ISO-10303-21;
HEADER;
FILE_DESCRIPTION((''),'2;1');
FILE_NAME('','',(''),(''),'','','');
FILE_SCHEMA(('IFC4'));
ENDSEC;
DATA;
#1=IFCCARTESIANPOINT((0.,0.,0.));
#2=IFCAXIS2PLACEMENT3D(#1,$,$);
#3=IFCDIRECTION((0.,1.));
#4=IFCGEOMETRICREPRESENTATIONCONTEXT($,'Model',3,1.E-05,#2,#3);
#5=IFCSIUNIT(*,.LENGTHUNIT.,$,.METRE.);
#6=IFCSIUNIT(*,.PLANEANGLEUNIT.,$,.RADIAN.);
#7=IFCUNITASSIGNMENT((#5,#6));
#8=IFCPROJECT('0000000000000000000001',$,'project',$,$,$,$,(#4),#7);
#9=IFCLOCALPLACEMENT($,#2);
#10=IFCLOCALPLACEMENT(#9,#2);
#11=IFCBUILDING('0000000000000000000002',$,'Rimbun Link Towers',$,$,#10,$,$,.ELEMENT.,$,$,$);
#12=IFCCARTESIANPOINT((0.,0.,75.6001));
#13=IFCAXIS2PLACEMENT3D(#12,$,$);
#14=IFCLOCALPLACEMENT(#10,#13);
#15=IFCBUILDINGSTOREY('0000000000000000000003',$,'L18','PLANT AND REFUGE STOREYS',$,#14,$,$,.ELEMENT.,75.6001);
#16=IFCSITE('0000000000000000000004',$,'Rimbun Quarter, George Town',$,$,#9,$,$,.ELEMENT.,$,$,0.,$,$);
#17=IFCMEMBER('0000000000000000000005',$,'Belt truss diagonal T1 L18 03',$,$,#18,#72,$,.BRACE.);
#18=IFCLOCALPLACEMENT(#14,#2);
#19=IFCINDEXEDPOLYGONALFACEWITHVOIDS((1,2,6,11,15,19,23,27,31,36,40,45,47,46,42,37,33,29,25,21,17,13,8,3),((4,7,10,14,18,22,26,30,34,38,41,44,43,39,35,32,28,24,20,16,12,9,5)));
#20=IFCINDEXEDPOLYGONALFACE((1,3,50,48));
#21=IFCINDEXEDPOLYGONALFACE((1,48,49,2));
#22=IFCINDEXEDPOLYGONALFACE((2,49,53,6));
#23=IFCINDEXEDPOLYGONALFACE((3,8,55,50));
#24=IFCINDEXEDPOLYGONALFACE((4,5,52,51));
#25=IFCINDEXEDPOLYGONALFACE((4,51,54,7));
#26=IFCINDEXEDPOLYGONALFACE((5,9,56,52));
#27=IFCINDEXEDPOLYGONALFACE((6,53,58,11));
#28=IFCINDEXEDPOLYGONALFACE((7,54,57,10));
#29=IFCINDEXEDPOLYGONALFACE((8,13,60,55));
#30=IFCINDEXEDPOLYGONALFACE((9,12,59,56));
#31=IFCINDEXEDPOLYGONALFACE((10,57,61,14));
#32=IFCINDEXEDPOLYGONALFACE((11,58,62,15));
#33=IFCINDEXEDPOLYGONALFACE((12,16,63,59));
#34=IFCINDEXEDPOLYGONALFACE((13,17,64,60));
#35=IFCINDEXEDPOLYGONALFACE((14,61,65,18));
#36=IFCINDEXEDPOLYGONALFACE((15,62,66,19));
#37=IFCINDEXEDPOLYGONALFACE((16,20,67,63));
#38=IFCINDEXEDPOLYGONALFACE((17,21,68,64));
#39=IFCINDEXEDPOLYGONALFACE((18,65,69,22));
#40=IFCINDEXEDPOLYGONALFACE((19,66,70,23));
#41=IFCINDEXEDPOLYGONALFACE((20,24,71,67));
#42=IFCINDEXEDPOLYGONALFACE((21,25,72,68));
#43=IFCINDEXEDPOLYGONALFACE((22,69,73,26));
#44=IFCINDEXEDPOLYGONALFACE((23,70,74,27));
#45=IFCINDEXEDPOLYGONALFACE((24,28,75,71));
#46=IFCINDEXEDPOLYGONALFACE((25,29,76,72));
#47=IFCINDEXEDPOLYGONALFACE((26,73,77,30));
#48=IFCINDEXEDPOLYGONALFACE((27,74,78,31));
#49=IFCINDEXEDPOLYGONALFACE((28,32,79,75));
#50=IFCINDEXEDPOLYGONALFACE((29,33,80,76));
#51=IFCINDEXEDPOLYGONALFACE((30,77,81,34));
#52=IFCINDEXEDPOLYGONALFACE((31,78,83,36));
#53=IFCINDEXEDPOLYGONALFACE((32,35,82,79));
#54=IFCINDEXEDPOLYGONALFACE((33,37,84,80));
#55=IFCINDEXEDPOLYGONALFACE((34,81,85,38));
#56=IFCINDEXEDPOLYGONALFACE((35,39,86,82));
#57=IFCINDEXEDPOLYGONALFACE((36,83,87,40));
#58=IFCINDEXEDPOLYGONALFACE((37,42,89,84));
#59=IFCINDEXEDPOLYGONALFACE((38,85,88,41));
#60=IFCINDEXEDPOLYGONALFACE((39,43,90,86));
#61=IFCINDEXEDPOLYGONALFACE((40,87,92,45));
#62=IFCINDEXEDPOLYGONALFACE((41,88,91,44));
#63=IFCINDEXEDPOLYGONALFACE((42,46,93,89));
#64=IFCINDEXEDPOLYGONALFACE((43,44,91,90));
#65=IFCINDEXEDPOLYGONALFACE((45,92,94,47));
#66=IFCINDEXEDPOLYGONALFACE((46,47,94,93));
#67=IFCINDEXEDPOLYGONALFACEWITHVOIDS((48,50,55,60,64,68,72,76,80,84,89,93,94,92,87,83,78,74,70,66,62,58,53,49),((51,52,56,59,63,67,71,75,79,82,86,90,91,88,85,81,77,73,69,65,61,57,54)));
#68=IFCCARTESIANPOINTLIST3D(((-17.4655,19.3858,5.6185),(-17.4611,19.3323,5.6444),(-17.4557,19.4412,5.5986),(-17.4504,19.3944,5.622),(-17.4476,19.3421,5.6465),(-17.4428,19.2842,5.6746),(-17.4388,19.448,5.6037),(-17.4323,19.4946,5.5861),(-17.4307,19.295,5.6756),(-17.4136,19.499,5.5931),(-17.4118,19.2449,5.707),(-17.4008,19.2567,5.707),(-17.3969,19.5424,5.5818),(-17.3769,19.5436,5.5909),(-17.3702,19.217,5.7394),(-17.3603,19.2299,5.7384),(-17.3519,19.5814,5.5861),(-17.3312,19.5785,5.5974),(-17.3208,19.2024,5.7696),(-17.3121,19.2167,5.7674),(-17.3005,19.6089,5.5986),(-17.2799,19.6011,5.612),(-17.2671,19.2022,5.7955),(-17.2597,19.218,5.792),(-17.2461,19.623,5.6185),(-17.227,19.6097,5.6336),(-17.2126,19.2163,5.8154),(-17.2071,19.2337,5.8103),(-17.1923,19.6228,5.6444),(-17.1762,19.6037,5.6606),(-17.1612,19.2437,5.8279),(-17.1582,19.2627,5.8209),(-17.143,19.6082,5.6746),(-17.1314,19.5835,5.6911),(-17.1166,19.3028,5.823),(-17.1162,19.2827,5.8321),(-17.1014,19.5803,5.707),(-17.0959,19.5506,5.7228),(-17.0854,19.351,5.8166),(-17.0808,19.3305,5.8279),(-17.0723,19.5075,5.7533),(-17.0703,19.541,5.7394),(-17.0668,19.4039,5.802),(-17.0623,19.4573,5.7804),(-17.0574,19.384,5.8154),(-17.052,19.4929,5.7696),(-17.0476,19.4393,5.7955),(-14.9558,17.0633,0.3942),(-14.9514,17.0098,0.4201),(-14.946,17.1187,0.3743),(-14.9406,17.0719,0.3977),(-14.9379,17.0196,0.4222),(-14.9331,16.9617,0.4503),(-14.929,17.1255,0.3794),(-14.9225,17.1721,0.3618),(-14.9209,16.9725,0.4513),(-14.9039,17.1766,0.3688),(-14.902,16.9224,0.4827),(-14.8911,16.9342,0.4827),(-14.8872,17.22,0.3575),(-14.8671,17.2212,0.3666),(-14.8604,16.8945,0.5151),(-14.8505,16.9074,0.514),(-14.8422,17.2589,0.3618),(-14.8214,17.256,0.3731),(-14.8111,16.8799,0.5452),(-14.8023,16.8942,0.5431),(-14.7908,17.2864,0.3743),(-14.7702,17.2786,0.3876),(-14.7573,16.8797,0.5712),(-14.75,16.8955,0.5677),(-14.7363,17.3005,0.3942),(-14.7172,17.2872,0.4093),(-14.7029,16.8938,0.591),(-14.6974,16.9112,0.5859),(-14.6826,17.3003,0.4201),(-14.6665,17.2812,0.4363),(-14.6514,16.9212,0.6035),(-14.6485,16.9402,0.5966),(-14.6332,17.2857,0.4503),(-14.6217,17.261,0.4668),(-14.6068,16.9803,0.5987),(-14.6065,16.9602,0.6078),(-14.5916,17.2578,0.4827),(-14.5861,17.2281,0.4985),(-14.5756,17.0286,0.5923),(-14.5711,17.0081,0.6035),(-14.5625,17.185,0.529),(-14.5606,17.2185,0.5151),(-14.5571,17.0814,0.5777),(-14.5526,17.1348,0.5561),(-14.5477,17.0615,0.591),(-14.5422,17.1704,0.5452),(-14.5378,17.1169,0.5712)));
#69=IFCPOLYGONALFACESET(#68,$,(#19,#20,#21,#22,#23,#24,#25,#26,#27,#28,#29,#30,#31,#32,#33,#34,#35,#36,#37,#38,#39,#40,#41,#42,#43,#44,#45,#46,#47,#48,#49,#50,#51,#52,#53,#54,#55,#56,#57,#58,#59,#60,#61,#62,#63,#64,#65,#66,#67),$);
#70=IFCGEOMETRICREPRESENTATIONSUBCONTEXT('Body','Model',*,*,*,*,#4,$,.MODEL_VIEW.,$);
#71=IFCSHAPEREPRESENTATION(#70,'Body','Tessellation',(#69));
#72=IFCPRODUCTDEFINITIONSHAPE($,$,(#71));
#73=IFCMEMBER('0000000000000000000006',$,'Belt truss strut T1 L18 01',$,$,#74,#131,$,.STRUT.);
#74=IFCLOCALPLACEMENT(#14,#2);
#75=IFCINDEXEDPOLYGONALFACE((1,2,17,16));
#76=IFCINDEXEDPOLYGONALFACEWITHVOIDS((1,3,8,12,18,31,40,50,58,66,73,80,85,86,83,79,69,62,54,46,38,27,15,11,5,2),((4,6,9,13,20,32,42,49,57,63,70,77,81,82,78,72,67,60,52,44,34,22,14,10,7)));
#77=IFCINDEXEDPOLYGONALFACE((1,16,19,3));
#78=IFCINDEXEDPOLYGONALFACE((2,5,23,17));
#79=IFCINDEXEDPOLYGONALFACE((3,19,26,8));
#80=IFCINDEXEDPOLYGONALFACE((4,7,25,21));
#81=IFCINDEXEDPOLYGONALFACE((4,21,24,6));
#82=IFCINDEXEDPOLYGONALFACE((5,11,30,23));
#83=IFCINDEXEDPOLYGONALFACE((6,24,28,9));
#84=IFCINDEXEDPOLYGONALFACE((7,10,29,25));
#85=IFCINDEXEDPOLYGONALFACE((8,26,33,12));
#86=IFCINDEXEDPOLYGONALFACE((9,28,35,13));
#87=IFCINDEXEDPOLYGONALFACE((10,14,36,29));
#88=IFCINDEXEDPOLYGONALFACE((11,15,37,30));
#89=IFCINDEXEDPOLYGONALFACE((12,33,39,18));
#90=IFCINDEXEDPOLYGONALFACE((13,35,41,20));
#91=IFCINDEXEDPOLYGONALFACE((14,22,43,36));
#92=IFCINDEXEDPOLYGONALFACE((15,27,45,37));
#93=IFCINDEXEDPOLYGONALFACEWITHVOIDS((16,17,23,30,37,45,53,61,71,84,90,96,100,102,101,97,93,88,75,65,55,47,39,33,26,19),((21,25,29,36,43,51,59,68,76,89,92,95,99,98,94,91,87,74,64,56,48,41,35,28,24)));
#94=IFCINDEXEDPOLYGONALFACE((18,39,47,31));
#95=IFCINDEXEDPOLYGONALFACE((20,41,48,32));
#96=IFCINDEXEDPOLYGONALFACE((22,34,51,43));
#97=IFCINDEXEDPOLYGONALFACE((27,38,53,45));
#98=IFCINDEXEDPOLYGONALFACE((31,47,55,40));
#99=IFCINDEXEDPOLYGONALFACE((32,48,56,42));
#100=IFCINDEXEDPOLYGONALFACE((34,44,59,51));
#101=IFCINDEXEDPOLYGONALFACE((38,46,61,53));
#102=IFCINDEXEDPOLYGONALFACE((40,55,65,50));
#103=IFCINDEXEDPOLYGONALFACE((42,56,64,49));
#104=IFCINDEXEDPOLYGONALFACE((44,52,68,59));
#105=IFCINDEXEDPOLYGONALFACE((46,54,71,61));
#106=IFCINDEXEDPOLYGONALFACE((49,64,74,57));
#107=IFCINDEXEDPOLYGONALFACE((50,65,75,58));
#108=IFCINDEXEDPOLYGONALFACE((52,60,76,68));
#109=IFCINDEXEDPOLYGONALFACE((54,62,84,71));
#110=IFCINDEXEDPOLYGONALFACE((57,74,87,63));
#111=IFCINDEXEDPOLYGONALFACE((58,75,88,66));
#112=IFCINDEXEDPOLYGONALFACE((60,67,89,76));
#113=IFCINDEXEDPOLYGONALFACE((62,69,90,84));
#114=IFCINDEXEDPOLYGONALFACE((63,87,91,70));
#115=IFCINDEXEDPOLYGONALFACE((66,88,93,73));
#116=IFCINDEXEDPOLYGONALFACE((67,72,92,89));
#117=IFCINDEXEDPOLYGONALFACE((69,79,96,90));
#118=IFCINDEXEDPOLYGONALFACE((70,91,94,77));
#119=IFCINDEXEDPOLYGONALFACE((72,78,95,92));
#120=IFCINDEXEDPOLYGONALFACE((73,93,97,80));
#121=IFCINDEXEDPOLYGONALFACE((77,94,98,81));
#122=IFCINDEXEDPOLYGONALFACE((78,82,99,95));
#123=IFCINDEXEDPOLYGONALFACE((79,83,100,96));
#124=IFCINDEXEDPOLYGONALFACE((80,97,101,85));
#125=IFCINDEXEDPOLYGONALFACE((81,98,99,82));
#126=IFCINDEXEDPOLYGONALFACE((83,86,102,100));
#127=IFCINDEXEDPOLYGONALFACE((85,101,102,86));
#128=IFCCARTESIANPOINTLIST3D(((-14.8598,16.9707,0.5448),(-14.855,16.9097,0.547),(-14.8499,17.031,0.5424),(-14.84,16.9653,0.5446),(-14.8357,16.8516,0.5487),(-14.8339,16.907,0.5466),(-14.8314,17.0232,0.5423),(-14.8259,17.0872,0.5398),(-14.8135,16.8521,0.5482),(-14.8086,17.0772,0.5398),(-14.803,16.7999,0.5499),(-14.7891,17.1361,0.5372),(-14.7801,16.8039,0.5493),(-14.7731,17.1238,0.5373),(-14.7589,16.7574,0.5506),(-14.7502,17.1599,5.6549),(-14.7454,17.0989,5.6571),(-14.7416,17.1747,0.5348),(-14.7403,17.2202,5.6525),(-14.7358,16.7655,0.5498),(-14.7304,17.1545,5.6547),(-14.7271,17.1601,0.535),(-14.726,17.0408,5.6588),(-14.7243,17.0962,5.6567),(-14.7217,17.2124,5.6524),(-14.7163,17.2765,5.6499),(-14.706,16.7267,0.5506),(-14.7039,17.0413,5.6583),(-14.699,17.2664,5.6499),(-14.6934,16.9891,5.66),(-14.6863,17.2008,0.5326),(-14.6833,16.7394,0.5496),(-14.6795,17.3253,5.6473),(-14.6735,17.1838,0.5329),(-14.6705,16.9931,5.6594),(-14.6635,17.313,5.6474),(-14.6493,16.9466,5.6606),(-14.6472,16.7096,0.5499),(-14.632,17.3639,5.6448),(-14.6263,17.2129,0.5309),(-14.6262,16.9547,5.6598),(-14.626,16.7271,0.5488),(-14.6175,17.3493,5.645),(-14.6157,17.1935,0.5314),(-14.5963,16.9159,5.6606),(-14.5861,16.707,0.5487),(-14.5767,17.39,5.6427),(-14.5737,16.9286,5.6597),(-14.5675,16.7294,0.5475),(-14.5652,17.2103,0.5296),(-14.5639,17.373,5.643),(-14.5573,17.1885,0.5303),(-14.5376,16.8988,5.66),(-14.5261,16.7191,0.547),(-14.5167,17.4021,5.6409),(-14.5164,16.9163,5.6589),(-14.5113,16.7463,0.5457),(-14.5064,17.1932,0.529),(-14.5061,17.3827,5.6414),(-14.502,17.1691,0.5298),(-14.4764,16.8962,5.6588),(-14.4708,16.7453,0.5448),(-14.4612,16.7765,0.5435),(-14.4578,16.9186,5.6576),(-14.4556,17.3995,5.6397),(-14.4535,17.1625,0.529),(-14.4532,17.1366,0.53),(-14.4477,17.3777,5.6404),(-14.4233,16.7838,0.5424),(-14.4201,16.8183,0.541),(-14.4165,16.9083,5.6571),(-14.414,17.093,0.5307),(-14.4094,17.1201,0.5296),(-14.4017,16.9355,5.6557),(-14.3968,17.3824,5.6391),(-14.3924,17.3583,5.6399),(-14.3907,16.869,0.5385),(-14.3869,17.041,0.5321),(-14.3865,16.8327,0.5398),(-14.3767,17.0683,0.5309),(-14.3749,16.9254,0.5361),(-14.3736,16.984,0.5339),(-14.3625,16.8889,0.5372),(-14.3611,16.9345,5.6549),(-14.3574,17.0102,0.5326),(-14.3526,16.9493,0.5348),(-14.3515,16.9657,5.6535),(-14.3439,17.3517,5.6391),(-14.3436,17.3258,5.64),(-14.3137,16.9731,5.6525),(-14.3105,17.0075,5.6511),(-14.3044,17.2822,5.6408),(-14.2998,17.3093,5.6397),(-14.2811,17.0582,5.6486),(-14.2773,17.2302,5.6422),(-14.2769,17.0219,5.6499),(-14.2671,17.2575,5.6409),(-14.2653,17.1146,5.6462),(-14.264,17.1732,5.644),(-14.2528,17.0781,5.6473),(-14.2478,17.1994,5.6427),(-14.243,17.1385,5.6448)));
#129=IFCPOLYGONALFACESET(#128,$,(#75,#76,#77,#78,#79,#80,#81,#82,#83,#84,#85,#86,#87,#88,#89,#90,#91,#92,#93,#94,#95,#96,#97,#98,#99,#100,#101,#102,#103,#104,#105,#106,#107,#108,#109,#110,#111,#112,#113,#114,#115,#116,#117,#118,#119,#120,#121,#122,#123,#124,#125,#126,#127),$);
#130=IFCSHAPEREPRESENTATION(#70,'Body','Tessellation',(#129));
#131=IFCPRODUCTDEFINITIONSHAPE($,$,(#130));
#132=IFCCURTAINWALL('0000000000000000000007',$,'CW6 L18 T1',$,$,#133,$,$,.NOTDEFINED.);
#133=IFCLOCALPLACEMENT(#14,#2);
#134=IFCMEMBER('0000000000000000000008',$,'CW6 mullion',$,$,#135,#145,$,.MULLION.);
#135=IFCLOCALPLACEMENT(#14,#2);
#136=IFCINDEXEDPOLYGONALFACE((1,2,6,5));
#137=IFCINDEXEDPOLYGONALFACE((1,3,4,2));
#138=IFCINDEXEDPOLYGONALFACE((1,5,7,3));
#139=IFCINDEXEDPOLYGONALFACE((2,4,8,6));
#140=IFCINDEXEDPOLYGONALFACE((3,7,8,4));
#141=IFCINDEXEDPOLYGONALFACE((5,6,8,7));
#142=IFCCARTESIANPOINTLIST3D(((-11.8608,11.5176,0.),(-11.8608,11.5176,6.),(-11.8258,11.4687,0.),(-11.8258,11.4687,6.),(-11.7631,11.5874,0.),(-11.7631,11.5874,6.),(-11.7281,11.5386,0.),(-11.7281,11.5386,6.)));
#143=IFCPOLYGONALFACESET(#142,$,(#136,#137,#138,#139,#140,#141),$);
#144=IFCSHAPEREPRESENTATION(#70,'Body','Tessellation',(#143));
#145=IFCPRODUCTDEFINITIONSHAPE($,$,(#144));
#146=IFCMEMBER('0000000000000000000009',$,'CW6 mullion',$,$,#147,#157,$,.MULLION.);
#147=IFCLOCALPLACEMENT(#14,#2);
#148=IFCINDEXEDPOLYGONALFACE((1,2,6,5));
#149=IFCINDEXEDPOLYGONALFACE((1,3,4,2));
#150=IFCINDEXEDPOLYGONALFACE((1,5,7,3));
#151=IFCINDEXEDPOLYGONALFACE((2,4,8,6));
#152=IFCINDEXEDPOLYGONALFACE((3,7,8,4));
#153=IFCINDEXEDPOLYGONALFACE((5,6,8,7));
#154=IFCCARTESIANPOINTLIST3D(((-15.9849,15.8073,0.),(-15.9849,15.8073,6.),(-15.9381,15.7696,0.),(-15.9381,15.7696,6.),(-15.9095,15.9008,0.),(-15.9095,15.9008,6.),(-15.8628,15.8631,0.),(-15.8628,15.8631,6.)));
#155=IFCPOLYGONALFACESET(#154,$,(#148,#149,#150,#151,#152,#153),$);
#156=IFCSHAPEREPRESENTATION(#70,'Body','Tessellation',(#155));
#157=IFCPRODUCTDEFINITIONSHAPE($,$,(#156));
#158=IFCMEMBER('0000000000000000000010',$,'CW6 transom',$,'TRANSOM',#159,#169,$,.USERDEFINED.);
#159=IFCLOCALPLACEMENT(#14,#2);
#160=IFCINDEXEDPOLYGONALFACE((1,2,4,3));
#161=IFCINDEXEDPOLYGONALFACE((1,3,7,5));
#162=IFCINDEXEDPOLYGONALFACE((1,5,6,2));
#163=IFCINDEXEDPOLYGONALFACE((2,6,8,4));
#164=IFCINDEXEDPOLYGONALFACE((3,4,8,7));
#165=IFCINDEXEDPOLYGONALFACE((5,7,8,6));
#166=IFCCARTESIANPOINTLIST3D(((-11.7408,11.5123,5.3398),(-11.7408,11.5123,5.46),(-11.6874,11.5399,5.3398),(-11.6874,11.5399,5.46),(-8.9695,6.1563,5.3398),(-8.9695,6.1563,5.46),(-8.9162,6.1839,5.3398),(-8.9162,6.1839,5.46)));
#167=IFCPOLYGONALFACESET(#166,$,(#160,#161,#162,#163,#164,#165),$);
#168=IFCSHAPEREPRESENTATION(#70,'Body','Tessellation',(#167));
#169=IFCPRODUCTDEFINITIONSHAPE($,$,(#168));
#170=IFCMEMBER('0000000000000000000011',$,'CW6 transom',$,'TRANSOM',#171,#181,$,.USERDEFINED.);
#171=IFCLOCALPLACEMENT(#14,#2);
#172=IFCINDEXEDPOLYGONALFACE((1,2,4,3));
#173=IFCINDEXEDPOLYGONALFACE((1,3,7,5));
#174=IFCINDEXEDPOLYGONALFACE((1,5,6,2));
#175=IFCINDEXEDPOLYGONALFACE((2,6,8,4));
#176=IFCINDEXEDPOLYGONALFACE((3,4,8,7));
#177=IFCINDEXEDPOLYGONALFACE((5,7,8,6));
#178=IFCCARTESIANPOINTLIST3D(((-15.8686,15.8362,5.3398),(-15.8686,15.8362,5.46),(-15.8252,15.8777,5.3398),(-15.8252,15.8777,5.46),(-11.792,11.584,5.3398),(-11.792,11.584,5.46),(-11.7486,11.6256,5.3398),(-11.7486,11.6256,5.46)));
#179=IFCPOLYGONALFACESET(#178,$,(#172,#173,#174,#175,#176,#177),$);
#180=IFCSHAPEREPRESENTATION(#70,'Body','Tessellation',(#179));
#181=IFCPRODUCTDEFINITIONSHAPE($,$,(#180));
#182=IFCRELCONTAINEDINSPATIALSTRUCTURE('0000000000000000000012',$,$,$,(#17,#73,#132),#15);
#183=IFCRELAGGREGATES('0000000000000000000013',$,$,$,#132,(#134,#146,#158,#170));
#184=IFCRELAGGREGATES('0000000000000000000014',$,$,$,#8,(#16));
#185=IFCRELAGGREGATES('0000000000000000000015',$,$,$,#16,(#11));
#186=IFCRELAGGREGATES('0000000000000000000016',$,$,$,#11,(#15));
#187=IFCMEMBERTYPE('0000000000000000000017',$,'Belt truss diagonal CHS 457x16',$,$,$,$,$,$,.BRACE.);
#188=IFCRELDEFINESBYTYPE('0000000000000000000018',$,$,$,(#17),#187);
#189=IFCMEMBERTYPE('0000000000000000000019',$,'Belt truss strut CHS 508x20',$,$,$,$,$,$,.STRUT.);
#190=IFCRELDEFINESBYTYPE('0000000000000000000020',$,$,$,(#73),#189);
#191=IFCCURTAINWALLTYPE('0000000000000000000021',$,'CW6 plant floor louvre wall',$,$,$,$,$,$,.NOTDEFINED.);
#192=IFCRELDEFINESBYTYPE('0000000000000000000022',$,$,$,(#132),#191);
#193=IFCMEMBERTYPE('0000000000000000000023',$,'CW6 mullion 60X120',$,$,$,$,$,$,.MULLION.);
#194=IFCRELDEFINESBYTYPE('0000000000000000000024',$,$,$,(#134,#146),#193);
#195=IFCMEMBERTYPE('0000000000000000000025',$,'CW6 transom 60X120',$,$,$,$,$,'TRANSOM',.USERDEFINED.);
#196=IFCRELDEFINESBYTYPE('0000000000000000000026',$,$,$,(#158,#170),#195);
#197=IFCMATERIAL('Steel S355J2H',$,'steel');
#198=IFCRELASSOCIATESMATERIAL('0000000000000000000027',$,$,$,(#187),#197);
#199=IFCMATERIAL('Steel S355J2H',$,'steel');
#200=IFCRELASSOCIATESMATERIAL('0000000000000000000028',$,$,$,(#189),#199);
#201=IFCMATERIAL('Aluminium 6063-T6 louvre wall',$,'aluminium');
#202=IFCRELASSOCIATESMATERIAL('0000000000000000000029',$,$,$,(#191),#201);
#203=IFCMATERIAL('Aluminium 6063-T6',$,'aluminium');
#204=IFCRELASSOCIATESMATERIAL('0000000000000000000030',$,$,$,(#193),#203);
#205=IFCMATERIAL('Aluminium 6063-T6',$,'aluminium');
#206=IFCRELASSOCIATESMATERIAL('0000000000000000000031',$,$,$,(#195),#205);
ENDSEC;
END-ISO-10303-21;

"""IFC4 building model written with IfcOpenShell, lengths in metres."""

from ifc_helpers import new_model, si_unit, direction, frame, origin, origin_2d, place, context, subcontext, project, spatial, rectangle, hollow_circle, extrude, material, material_profile, profile_set, type_object, element, aggregate, save


model = new_model("IFC4")

# Units and contexts
model_context = context("Model", 3, precision=1e-05, world=origin(), true_north=direction((0.0, 1.0)))
body_context = subcontext(model_context, "Body", "Model", "MODEL_VIEW")
ifc_project = project(units=[si_unit("LENGTHUNIT", "METRE"), si_unit("PLANEANGLEUNIT", "RADIAN")], contexts=[model_context])

# Site, building, storey
site_placement = place(None, origin())
site = spatial("IfcSite", under=ifc_project, at=site_placement, Name="Rimbun Quarter, George Town", CompositionType="ELEMENT", RefElevation=0.0)
building_placement = place(site_placement, origin())
building = spatial("IfcBuilding", under=site, at=building_placement, Name="Rimbun Link Towers", CompositionType="ELEMENT")
storey_placement = place(building_placement, frame((0.0, 0.0, 75.6001)))
storey = spatial("IfcBuildingStorey", under=building, at=storey_placement, Name="L18", Description="PLANT AND REFUGE STOREYS", CompositionType="ELEMENT", Elevation=75.6001)

# Members
ifc_material_1 = material(Name="Steel S355J2H", Category="steel")
ifc_material_profile_1 = material_profile(ifc_material_1, hollow_circle(Radius=0.2285, WallThickness=0.0161, at=origin_2d()), Name="Belt truss diagonal CHS 457x16")
ifc_profile_set_1 = profile_set([ifc_material_profile_1], Name="Steel S355J2H")
member_type_1 = type_object("IfcMemberType", Name="Belt truss diagonal CHS 457x16", PredefinedType="BRACE", material=ifc_profile_set_1)
member_1_placement = place(storey_placement, frame((-14.7468, 17.0901, 0.4827), z_axis=(-0.401951, 0.371961, 0.836708), x_axis=(-0.679196, -0.733957, 0.0)))
element("IfcMember", 1, at=member_1_placement, inside=storey, type_object=member_type_1, Name="Belt truss diagonal T1 L18 03", PredefinedType="BRACE", context=body_context, shape_type="SweptSolid", body=[
    extrude(hollow_circle(Radius=0.2285, WallThickness=0.0161, at=origin_2d()), origin(), (0.0, 0.0, 1.0), 6.2439),
])
ifc_material_2 = material(Name="Steel S355J2H", Category="steel")
ifc_material_profile_2 = material_profile(ifc_material_2, hollow_circle(Radius=0.2539, WallThickness=0.02, at=origin_2d()), Name="Belt truss strut CHS 508x20")
ifc_profile_set_2 = profile_set([ifc_material_profile_2], Name="Steel S355J2H")
member_type_2 = type_object("IfcMemberType", Name="Belt truss strut CHS 508x20", PredefinedType="STRUT", material=ifc_profile_set_2)
member_2_placement = place(storey_placement, frame((-14.6062, 16.96, 0.5398), z_axis=(0.021432, 0.036993, 0.999086), x_axis=(-0.865273, 0.5013, 0.0)))
element("IfcMember", 2, at=member_2_placement, inside=storey, type_object=member_type_2, Name="Belt truss strut T1 L18 01", PredefinedType="STRUT", context=body_context, shape_type="SweptSolid", body=[
    extrude(hollow_circle(Radius=0.2539, WallThickness=0.02, at=origin_2d()), origin(), (0.0, 0.0, 1.0), 5.1147),
])

# Curtain wall, members
ifc_material_3 = material(Name="Aluminium 6063-T6 louvre wall", Category="aluminium")
curtain_wall_type = type_object("IfcCurtainWallType", Name="CW6 plant floor louvre wall", PredefinedType="NOTDEFINED", material=ifc_material_3)
curtain_wall_placement = place(storey_placement, origin())
curtain_wall = element("IfcCurtainWall", 3, at=curtain_wall_placement, inside=storey, type_object=curtain_wall_type, Name="CW6 L18 T1", PredefinedType="NOTDEFINED")
ifc_material_4 = material(Name="Aluminium 6063-T6", Category="aluminium")
ifc_material_profile_3 = material_profile(ifc_material_4, rectangle(XDim=0.1201, YDim=0.0601, at=origin_2d()), Name="MULLION 60X120")
ifc_profile_set_3 = profile_set([ifc_material_profile_3], Name="Aluminium 6063-T6")
member_type_3 = type_object("IfcMemberType", Name="CW6 mullion 60X120", PredefinedType="MULLION", material=ifc_profile_set_3)
member_3_placement = place(storey_placement, frame((-11.7944, 11.5281, 0.0), z_axis=(0.0, 0.0, 1.0), x_axis=(0.813349, 0.581776, 0.0)))
member_3 = element("IfcMember", 4, at=member_3_placement, type_object=member_type_3, Name="CW6 mullion", PredefinedType="MULLION", context=body_context, shape_type="SweptSolid", body=[
    extrude(rectangle(XDim=0.1201, YDim=0.0601, at=origin_2d()), origin(), (0.0, 0.0, 1.0), 6.0),
])
member_4_placement = place(storey_placement, frame((-15.9238, 15.8352, 0.0), z_axis=(0.0, 0.0, 1.0), x_axis=(0.627665, 0.778483, 0.0)))
member_4 = element("IfcMember", 5, at=member_4_placement, type_object=member_type_3, Name="CW6 mullion", PredefinedType="MULLION", context=body_context, shape_type="SweptSolid", body=[
    extrude(rectangle(XDim=0.1201, YDim=0.0601, at=origin_2d()), origin(), (0.0, 0.0, 1.0), 6.0),
])
ifc_material_5 = material(Name="Aluminium 6063-T6", Category="aluminium")
ifc_material_profile_4 = material_profile(ifc_material_5, rectangle(XDim=0.0601, YDim=0.1201, at=origin_2d()), Name="TRANSOM 60X120")
ifc_profile_set_4 = profile_set([ifc_material_profile_4], Name="Aluminium 6063-T6")
member_type_4 = type_object("IfcMemberType", Name="CW6 transom 60X120", ElementType="TRANSOM", PredefinedType="USERDEFINED", material=ifc_profile_set_4)
member_5_placement = place(storey_placement, frame((-11.7141, 11.5261, 5.3999), z_axis=(0.459543, -0.888156, 0.0), x_axis=(0.888156, 0.459543, 0.0)))
member_5 = element("IfcMember", 6, at=member_5_placement, type_object=member_type_4, Name="CW6 transom", ObjectType="TRANSOM", PredefinedType="USERDEFINED", context=body_context, shape_type="SweptSolid", body=[
    extrude(rectangle(XDim=0.0601, YDim=0.1201, at=origin_2d()), origin(), (0.0, 0.0, 1.0), 6.0305),
])
member_6_placement = place(storey_placement, frame((-15.8469, 15.8569, 5.3999), z_axis=(0.69205, -0.721849, 0.0), x_axis=(0.721849, 0.69205, 0.0)))
member_6 = element("IfcMember", 7, at=member_6_placement, type_object=member_type_4, Name="CW6 transom", ObjectType="TRANSOM", PredefinedType="USERDEFINED", context=body_context, shape_type="SweptSolid", body=[
    extrude(rectangle(XDim=0.0601, YDim=0.1201, at=origin_2d()), origin(), (0.0, 0.0, 1.0), 5.8906),
])

aggregate(curtain_wall, [member_3, member_4, member_5, member_6])

save(model, "model.ifc")
